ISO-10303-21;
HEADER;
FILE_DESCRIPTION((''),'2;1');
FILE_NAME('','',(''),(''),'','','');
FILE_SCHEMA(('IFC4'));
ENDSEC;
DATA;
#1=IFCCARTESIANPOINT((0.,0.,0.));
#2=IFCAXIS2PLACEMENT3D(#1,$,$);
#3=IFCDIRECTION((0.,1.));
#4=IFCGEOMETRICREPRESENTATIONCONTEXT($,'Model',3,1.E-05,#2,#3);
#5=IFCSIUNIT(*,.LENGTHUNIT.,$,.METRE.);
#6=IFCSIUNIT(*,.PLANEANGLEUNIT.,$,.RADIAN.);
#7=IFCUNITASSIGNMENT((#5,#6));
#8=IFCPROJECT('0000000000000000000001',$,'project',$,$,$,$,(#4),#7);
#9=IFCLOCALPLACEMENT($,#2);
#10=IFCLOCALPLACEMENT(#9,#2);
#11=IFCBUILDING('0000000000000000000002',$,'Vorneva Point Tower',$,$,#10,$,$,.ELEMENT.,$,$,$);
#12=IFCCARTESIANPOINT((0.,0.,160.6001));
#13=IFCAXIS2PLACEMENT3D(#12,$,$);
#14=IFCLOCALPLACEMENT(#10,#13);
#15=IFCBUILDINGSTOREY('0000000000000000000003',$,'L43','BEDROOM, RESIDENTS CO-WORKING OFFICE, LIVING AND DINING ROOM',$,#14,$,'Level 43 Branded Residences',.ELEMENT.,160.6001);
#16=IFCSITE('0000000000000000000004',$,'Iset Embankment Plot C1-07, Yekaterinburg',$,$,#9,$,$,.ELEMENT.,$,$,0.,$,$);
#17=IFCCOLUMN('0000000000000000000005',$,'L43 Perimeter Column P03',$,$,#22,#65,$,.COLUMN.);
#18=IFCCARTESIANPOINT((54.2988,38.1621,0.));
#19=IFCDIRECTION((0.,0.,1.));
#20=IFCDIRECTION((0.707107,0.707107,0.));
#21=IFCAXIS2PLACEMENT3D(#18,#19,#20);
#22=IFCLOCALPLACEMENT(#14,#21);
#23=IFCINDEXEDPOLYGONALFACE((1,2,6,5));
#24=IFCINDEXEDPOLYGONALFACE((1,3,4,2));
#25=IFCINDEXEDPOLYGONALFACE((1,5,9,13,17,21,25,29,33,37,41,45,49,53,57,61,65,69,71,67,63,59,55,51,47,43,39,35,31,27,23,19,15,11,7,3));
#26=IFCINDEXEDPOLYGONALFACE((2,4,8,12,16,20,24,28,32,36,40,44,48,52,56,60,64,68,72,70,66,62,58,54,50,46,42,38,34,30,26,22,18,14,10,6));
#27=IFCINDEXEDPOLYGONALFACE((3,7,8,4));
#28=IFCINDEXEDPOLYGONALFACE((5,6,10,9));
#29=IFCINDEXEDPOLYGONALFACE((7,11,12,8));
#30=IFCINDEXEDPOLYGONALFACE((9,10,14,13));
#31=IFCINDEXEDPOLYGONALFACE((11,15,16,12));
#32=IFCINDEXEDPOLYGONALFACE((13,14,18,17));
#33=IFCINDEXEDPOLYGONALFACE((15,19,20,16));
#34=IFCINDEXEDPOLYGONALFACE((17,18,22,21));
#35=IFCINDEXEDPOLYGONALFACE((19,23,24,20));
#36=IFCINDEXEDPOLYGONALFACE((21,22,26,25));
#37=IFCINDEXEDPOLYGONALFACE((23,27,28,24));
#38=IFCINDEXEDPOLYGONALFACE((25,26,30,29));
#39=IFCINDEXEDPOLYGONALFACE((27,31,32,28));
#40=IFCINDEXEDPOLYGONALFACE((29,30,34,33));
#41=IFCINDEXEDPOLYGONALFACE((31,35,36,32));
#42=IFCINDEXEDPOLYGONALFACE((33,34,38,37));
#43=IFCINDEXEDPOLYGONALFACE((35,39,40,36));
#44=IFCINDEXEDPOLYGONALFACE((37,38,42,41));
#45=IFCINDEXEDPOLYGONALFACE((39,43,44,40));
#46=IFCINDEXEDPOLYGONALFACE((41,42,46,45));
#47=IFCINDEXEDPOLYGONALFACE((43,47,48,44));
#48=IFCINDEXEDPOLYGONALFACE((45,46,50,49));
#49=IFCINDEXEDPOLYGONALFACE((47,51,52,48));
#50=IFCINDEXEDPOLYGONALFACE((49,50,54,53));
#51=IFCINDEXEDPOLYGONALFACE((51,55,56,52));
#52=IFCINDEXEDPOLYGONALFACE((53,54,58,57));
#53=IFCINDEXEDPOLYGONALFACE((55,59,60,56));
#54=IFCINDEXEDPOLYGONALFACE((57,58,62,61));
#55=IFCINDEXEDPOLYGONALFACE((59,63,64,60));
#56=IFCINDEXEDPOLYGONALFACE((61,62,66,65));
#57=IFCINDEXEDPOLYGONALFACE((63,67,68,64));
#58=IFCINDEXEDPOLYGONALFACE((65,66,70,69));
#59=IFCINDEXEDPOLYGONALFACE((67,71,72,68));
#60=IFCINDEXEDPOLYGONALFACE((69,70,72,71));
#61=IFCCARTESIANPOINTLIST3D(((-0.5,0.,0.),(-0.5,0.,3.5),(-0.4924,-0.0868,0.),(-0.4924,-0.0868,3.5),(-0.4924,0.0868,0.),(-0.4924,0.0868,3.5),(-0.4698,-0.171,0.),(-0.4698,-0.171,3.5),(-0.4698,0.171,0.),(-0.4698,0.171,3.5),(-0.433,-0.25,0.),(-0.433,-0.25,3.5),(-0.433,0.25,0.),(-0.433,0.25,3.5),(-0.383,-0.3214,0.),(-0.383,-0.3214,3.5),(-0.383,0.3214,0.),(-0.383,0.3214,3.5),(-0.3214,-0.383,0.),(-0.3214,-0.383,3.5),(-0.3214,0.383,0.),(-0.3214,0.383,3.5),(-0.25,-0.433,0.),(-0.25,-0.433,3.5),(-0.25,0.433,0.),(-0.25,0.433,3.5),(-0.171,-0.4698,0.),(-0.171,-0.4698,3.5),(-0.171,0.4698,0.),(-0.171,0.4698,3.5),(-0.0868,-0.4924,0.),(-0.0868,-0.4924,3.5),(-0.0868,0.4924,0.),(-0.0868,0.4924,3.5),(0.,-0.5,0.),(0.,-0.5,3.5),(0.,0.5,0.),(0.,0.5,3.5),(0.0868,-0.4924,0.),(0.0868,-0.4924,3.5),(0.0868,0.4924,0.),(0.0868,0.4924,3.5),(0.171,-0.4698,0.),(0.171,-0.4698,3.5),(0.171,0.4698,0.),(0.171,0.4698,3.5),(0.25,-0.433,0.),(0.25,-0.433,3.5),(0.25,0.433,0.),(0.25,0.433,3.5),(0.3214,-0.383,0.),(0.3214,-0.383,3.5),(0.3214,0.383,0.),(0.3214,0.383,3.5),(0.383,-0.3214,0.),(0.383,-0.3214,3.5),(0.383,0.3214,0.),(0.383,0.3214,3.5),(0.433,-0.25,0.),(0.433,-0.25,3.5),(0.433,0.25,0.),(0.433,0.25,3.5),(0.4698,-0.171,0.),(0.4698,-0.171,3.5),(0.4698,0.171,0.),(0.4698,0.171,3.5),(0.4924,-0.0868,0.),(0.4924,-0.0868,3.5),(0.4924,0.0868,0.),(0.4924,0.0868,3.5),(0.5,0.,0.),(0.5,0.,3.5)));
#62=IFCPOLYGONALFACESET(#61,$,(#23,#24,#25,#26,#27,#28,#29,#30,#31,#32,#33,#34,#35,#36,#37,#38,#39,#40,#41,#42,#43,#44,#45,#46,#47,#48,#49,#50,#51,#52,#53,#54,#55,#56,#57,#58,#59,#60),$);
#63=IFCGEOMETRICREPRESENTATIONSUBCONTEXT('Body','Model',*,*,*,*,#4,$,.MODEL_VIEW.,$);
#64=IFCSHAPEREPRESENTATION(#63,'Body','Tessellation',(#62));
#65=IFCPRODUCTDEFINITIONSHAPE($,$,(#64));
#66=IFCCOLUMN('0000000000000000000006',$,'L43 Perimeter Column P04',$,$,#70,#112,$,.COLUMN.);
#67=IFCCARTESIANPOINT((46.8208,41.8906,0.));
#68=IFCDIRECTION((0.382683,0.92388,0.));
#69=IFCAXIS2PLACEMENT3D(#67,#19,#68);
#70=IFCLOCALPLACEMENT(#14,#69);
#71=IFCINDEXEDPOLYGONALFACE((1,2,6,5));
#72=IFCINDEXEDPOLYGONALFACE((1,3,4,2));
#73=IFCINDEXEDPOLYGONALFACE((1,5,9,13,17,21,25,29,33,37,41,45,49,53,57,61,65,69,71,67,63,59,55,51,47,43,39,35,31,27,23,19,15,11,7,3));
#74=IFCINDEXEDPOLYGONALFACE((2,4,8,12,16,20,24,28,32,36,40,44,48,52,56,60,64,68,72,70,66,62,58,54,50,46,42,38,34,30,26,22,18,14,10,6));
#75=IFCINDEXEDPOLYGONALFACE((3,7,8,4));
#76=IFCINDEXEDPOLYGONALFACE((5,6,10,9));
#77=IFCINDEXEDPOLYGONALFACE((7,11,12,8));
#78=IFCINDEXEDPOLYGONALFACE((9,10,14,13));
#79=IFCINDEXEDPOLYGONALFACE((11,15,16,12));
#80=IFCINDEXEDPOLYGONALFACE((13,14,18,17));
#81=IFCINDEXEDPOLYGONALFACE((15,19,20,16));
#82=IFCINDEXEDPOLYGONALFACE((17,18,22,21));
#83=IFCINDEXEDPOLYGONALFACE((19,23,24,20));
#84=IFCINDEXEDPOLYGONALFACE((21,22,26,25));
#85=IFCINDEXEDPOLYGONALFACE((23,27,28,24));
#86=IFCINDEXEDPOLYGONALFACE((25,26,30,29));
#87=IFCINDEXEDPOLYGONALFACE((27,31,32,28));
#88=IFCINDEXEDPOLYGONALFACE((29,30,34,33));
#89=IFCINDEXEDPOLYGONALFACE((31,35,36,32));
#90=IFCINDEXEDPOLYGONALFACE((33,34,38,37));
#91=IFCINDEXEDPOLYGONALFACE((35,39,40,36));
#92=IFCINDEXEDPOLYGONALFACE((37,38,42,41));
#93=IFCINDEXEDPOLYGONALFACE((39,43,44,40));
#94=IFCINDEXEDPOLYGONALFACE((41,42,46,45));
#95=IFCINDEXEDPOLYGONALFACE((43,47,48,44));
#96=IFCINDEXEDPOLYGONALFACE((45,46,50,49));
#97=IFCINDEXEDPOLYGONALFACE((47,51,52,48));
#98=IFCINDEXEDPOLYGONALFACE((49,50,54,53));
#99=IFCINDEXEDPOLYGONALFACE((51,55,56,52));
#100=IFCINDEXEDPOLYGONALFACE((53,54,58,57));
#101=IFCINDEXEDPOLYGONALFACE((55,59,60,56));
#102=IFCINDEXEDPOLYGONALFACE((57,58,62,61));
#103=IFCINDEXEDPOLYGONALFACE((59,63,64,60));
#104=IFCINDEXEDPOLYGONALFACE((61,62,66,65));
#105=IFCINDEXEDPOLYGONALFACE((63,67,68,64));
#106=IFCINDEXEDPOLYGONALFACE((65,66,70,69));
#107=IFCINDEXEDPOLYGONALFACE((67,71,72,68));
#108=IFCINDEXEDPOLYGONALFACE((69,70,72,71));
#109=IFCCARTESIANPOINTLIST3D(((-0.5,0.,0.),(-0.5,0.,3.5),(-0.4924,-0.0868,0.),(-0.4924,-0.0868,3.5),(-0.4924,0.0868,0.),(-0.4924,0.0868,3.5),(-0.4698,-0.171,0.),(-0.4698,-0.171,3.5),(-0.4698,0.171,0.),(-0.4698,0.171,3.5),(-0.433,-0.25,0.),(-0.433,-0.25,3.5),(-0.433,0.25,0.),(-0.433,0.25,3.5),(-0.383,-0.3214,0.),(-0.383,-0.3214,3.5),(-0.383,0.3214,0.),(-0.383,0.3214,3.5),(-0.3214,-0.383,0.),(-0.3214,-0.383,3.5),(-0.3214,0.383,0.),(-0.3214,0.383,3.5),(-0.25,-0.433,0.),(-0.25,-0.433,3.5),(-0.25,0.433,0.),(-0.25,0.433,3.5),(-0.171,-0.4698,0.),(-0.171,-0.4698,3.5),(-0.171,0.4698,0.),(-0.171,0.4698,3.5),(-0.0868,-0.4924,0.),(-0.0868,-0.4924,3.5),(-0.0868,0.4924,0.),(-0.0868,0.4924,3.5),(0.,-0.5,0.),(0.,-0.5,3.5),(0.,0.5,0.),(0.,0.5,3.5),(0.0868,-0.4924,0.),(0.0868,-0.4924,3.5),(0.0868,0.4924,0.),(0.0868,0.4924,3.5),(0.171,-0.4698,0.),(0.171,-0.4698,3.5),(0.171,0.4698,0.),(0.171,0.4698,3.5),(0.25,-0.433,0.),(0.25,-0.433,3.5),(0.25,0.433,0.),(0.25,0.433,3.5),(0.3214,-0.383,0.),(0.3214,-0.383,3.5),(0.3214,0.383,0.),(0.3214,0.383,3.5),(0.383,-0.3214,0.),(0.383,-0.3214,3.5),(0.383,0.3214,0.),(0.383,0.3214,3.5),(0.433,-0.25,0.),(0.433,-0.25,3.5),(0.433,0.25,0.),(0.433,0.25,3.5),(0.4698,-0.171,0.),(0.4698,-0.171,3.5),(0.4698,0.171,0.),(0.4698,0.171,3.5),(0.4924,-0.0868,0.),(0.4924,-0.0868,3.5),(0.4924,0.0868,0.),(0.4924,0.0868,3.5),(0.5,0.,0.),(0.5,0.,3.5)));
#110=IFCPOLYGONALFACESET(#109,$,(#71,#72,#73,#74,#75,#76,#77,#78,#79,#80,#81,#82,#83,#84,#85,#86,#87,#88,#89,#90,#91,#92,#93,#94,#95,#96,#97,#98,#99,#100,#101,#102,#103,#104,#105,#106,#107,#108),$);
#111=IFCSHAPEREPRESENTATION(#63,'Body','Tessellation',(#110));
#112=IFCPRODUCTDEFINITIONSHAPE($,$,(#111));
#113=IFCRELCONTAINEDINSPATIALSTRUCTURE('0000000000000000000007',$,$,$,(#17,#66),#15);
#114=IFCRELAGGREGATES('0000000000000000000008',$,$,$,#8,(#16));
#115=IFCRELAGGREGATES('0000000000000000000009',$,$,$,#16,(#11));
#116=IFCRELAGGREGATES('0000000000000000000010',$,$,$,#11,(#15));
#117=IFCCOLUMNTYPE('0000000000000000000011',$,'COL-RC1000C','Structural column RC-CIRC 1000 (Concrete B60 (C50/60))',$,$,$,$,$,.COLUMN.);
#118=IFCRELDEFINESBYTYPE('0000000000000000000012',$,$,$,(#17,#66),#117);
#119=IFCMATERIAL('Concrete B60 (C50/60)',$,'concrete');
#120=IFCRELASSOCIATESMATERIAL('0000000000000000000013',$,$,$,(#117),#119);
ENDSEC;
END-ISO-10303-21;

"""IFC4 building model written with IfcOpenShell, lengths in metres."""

from ifc_helpers import new_model, si_unit, direction, frame, origin, origin_2d, place, context, subcontext, project, spatial, circle, extrude, material, material_profile, profile_set, type_object, element, save


model = new_model("IFC4")

# Units and contexts
model_context = context("Model", 3, precision=1e-05, world=origin(), true_north=direction((0.0, 1.0)))
body_context = subcontext(model_context, "Body", "Model", "MODEL_VIEW")
ifc_project = project(units=[si_unit("LENGTHUNIT", "METRE"), si_unit("PLANEANGLEUNIT", "RADIAN")], contexts=[model_context])

# Site, building, storey
site_placement = place(None, origin())
site = spatial("IfcSite", under=ifc_project, at=site_placement, Name="Iset Embankment Plot C1-07, Yekaterinburg", CompositionType="ELEMENT", RefElevation=0.0)
building_placement = place(site_placement, origin())
building = spatial("IfcBuilding", under=site, at=building_placement, Name="Vorneva Point Tower", CompositionType="ELEMENT")
storey_placement = place(building_placement, frame((0.0, 0.0, 160.6001)))
storey = spatial("IfcBuildingStorey", under=building, at=storey_placement, Name="L43", Description="BEDROOM, RESIDENTS CO-WORKING OFFICE, LIVING AND DINING ROOM", LongName="Level 43 Branded Residences", CompositionType="ELEMENT", Elevation=160.6001)

# Columns
ifc_material_1 = material(Name="Concrete B60 (C50/60)", Category="concrete")
ifc_material_profile_1 = material_profile(ifc_material_1, circle(Radius=0.5, at=origin_2d()), Name="RC-CIRC 1000")
ifc_profile_set_1 = profile_set([ifc_material_profile_1], Name="Concrete B60 (C50/60)")
column_type = type_object("IfcColumnType", Name="COL-RC1000C", Description="Structural column RC-CIRC 1000 (Concrete B60 (C50/60))", PredefinedType="COLUMN", material=ifc_profile_set_1)
for number, where, z_axis, x_axis, name in (
    (1, (54.2988, 38.1621, 0.0), (0.0, 0.0, 1.0), (0.707107, 0.707107, 0.0), "L43 Perimeter Column P03"),
    (2, (46.8208, 41.8906, 0.0), (0.0, 0.0, 1.0), (0.382683, 0.92388, 0.0), "L43 Perimeter Column P04"),
):
    element("IfcColumn", number, at=place(storey_placement, frame(where, z_axis=z_axis, x_axis=x_axis)), inside=storey, type_object=column_type, Name=name, PredefinedType="COLUMN", context=body_context, shape_type="SweptSolid", body=[
        extrude(circle(Radius=0.5, at=origin_2d()), origin(), (0.0, 0.0, 1.0), 3.5),
    ])

save(model, "model.ifc")
